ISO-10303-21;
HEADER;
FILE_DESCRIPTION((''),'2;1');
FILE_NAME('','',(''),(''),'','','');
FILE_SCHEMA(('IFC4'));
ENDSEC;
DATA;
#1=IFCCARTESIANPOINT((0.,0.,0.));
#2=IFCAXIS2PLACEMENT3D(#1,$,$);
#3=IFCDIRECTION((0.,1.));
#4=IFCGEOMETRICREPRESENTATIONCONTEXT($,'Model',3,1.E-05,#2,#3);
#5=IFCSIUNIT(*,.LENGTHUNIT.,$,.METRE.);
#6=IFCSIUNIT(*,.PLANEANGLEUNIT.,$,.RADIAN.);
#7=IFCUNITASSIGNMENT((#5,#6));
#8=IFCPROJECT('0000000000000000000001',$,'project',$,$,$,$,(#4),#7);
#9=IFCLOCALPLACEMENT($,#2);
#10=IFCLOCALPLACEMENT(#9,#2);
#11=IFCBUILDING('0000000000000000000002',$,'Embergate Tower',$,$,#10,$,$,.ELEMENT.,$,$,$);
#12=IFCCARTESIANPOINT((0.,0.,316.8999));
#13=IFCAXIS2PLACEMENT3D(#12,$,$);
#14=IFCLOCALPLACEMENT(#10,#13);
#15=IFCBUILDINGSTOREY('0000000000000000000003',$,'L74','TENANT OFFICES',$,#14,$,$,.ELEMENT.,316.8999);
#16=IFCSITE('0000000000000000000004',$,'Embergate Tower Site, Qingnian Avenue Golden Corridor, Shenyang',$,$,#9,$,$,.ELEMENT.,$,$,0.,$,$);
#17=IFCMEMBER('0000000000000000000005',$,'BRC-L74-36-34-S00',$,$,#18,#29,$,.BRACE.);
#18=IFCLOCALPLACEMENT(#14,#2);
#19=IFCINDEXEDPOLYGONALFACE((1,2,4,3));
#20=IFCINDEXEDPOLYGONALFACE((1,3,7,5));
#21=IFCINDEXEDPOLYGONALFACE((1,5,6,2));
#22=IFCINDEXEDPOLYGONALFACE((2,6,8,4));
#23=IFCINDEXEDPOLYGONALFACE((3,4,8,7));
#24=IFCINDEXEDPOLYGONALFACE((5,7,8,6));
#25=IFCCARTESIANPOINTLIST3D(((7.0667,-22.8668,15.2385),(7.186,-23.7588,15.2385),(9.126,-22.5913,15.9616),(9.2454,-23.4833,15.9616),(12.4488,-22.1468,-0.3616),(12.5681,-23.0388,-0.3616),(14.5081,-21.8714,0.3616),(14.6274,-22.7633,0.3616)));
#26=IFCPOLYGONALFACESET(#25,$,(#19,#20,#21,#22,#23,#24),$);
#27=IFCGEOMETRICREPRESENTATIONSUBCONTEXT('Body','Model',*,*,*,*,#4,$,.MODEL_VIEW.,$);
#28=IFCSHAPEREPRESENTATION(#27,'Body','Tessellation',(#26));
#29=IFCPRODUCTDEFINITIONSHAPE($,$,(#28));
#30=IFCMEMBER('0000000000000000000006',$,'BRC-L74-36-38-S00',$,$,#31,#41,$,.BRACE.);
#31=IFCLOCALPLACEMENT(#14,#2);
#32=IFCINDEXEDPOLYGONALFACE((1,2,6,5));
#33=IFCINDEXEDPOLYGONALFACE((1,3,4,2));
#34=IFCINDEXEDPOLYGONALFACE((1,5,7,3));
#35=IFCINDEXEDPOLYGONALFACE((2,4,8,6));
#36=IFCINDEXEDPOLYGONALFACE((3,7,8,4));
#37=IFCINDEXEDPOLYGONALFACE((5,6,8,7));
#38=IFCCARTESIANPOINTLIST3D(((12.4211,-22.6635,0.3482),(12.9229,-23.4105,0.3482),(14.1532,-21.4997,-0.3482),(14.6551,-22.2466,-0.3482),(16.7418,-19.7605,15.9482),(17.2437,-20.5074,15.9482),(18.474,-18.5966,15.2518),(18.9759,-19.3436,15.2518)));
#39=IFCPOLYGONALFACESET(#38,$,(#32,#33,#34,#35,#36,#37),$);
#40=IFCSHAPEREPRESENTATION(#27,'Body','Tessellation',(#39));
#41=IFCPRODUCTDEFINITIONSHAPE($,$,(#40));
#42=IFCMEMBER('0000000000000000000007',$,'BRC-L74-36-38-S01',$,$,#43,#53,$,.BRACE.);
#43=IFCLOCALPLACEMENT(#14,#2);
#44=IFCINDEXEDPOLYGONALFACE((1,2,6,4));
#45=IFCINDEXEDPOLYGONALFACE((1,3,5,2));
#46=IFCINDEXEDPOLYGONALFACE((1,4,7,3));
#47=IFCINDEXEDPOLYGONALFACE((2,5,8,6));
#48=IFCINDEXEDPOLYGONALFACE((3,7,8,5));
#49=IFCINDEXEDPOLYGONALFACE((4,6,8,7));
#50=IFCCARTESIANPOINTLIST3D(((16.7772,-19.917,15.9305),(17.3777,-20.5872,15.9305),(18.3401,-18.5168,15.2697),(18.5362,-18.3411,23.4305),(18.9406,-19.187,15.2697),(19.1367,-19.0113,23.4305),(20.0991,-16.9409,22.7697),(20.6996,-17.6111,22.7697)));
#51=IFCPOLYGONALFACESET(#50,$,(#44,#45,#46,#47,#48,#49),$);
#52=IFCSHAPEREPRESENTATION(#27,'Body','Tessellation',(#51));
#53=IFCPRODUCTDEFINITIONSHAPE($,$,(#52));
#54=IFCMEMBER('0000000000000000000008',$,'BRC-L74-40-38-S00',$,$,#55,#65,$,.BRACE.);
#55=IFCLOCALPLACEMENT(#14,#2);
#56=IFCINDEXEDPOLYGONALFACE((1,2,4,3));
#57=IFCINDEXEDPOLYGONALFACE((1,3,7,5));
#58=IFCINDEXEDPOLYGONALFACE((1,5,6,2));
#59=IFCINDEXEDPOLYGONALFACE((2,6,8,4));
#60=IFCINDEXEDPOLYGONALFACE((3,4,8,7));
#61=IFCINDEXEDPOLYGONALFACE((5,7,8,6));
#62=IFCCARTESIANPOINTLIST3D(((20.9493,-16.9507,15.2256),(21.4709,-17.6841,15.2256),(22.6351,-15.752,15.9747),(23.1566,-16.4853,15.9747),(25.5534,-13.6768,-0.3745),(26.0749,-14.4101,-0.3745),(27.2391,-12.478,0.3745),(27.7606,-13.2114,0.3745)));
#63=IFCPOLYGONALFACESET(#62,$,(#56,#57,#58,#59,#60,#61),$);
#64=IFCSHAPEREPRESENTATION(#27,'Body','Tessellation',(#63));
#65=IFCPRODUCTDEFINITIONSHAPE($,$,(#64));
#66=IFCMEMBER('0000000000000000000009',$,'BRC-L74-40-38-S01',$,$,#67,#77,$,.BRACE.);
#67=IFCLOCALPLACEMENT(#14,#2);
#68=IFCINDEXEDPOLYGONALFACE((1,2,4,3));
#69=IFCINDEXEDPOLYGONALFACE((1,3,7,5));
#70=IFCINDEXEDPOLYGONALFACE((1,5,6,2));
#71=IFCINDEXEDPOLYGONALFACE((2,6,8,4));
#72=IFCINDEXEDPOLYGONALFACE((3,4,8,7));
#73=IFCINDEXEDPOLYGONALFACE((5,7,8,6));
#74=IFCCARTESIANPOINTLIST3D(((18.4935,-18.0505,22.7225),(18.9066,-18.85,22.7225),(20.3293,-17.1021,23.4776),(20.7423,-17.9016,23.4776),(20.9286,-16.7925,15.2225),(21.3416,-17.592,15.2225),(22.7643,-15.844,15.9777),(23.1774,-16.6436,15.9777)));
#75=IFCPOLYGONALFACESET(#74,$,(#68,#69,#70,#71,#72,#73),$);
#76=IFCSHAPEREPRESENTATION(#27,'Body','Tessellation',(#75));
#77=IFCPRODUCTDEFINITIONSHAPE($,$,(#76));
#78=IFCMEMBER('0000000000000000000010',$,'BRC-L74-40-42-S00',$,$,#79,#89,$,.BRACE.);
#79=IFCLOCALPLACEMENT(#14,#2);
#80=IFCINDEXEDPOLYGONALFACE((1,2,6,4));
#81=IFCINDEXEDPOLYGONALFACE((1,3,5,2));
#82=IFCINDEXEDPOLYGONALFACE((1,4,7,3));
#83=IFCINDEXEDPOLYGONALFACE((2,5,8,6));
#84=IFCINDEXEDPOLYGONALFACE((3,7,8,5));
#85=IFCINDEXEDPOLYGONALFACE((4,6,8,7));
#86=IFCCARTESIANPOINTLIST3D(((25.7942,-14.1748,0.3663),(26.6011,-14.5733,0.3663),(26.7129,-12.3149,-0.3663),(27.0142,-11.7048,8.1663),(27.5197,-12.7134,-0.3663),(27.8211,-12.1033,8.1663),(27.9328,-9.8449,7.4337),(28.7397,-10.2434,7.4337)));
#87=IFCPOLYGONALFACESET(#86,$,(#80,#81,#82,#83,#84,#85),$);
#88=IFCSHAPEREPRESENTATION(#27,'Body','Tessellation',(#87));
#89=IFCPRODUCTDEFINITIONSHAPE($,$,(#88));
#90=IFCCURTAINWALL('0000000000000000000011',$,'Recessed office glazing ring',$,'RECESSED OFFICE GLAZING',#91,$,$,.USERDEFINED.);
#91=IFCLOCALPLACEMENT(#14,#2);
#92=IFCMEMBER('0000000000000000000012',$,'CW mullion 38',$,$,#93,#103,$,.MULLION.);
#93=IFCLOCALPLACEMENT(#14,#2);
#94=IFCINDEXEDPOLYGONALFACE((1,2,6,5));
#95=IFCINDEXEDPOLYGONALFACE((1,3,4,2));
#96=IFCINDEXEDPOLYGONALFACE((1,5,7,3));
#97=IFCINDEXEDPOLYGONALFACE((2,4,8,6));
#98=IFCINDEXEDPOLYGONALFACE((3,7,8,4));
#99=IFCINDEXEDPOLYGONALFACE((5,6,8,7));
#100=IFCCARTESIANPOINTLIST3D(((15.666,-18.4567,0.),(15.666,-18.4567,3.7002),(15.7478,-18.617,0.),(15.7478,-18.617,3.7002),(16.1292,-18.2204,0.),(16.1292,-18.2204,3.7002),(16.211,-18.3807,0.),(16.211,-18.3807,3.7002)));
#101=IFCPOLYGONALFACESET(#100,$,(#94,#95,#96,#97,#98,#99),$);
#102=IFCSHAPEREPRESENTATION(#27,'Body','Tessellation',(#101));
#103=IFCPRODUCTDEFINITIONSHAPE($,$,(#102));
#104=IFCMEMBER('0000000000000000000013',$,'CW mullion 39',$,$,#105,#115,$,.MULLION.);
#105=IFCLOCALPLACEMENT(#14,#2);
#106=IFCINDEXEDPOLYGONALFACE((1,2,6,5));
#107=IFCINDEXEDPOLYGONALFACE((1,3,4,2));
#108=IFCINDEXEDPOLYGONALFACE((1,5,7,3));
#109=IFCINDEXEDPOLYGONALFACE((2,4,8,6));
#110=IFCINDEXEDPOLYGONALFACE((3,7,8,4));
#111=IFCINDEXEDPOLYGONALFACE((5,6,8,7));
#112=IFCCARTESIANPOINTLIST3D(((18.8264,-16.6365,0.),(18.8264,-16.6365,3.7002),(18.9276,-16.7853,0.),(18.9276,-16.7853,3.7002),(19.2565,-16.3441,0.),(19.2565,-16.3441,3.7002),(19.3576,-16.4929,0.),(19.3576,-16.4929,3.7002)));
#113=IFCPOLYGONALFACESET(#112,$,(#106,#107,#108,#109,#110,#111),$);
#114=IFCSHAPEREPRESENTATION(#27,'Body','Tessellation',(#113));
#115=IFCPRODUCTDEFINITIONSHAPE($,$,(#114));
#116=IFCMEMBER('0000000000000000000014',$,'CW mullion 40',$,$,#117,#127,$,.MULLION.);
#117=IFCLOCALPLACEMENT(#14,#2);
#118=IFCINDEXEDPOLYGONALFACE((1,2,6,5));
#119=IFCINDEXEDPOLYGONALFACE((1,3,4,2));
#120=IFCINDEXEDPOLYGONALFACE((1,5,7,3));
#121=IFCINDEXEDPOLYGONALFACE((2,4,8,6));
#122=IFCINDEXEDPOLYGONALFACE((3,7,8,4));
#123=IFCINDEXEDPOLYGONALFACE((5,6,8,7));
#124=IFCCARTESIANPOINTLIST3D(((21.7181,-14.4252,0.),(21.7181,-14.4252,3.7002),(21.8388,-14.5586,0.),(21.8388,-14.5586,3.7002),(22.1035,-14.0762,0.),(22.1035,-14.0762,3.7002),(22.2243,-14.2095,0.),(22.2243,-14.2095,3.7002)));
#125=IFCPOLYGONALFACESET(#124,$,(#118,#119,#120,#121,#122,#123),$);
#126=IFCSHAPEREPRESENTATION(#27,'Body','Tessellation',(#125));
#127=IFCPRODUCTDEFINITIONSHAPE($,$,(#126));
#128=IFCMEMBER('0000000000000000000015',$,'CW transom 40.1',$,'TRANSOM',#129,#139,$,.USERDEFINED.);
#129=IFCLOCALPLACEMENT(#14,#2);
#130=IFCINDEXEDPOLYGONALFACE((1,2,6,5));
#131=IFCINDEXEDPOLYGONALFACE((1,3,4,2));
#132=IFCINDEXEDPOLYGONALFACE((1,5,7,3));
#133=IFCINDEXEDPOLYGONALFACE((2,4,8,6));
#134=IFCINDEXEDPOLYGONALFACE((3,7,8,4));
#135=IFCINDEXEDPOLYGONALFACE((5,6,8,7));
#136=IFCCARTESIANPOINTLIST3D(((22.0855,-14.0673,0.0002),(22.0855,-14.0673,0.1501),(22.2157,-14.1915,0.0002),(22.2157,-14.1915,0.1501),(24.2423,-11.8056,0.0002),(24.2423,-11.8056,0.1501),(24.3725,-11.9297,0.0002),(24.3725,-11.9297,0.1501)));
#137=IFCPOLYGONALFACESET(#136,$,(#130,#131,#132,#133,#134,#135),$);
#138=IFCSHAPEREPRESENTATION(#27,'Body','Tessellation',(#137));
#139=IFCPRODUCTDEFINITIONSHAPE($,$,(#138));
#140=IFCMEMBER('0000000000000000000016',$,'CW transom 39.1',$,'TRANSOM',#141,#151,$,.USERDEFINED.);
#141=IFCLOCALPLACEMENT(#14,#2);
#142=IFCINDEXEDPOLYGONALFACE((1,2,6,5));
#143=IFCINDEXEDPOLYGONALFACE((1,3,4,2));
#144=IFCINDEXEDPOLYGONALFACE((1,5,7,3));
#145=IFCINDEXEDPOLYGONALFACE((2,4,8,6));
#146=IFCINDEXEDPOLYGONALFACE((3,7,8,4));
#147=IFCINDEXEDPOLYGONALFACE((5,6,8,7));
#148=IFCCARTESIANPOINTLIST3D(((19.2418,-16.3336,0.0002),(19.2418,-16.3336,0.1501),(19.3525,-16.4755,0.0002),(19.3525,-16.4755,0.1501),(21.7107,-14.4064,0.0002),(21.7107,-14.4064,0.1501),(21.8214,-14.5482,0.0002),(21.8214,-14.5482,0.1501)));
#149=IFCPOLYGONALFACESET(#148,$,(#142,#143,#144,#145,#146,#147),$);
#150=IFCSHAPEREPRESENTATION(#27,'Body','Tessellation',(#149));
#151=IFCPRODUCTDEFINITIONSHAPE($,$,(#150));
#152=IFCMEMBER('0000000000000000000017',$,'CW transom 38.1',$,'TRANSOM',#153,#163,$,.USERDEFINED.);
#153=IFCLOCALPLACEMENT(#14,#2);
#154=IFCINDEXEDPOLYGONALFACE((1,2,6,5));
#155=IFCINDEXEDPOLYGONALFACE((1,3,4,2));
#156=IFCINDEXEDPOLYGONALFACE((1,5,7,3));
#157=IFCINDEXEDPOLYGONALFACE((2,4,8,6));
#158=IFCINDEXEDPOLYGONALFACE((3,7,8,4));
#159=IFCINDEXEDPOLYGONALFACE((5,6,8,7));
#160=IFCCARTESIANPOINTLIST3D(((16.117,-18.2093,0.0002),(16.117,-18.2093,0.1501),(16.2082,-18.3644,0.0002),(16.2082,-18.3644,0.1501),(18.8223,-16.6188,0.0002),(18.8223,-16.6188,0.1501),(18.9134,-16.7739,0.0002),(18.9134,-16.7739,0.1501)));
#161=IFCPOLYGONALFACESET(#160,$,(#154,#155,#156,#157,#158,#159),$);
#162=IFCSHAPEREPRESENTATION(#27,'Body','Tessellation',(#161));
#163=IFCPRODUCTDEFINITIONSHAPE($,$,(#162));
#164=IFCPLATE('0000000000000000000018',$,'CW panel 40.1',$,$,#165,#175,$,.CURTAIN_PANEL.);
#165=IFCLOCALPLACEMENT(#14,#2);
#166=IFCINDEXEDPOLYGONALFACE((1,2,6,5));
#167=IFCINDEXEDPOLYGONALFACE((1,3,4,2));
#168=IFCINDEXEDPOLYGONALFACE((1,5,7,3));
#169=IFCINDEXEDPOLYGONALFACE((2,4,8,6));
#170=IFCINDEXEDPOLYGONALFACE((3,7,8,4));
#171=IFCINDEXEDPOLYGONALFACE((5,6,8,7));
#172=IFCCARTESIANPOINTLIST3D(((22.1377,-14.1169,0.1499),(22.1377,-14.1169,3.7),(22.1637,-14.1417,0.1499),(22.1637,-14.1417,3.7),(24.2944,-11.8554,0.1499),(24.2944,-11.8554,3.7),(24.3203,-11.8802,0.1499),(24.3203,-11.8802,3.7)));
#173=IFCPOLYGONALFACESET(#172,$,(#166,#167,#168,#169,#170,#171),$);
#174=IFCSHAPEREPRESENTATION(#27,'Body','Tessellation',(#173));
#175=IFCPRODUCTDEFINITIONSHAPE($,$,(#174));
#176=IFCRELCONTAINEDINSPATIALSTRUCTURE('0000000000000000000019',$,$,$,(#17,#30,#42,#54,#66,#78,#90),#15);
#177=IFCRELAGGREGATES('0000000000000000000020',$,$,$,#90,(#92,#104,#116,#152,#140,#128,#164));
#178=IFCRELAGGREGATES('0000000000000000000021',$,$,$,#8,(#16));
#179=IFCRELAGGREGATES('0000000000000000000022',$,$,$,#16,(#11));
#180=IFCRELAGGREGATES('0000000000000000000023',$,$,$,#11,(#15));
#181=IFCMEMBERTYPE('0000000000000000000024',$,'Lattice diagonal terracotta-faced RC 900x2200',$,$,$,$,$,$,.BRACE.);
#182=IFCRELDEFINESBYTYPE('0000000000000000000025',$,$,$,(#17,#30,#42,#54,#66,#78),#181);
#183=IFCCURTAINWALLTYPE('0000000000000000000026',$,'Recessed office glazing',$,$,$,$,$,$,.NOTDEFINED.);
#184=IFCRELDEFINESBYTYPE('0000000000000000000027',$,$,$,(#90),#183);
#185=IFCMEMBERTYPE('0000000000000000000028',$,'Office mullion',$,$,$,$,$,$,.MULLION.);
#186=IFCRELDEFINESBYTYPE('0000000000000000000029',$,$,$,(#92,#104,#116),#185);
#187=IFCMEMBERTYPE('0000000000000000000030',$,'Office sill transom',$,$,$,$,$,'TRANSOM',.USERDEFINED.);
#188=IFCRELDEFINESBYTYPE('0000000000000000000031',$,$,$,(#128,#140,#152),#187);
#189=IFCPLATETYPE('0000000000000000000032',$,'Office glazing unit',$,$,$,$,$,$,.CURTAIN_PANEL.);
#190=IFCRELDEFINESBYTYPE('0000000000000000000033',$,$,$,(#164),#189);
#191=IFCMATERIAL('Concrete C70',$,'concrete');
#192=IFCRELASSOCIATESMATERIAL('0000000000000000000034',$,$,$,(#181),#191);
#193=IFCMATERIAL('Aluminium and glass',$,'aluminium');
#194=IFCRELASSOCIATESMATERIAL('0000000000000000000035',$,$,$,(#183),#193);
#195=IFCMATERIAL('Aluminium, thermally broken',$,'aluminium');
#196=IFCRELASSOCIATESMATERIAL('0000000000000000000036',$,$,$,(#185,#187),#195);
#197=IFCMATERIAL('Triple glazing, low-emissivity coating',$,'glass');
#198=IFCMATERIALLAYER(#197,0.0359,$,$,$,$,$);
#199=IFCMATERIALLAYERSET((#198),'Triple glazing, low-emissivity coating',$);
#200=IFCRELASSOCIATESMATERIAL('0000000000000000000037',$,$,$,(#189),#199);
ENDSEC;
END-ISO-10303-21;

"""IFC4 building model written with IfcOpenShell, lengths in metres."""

from ifc_helpers import new_model, si_unit, direction, frame, origin, origin_2d, place, context, subcontext, project, spatial, rectangle, extrude, source, transform, mapped, material, layer, layer_set, material_profile, profile_set, type_object, element, aggregate, save


model = new_model("IFC4")

# Units and contexts
model_context = context("Model", 3, precision=1e-05, world=origin(), true_north=direction((0.0, 1.0)))
body_context = subcontext(model_context, "Body", "Model", "MODEL_VIEW")
ifc_project = project(units=[si_unit("LENGTHUNIT", "METRE"), si_unit("PLANEANGLEUNIT", "RADIAN")], contexts=[model_context])

# Site, building, storey
site_placement = place(None, origin())
site = spatial("IfcSite", under=ifc_project, at=site_placement, Name="Embergate Tower Site, Qingnian Avenue Golden Corridor, Shenyang", CompositionType="ELEMENT", RefElevation=0.0)
building_placement = place(site_placement, origin())
building = spatial("IfcBuilding", under=site, at=building_placement, Name="Embergate Tower", CompositionType="ELEMENT")
storey_placement = place(building_placement, frame((0.0, 0.0, 316.8999)))
storey = spatial("IfcBuildingStorey", under=building, at=storey_placement, Name="L74", Description="TENANT OFFICES", CompositionType="ELEMENT", Elevation=316.8999)

# Members
ifc_material_1 = material(Name="Concrete C70", Category="concrete")
ifc_material_profile_1 = material_profile(ifc_material_1, rectangle(XDim=0.8999, YDim=2.2, at=origin_2d()), Name="RC 900x2200")
ifc_profile_set_1 = profile_set([ifc_material_profile_1], Name="Concrete C70")
member_type_1 = type_object("IfcMemberType", Name="Lattice diagonal terracotta-faced RC 900x2200", PredefinedType="BRACE", material=ifc_profile_set_1)
shared_shape_1 = source(origin(), body_context, "Body", "SweptSolid", [
    extrude(rectangle(XDim=0.8999, YDim=2.2, at=origin_2d()), origin(), (0.0, 0.0, 1.0), 16.5181),
])
member_1_placement = place(storey_placement, frame((13.5381, -22.4551, 0.0), z_axis=(-0.325829, -0.043587, 0.944423), x_axis=(0.132591, -0.991171, 0.0)))
element("IfcMember", 1, at=member_1_placement, inside=storey, type_object=member_type_1, Name="BRC-L74-36-34-S00", PredefinedType="BRACE", context=body_context, shape_type="MappedRepresentation", body=[
    mapped(shared_shape_1, transform((0.0, 0.0, 0.0))),
])
shared_shape_2 = source(origin(), body_context, "Body", "SweptSolid", [
    extrude(rectangle(XDim=0.8999, YDim=2.2, at=origin_2d()), origin(), (0.0, 0.0, 1.0), 16.4456),
])
member_2_placement = place(storey_placement, frame((13.5381, -22.4551, 0.0), z_axis=(0.262732, 0.176525, 0.948584), x_axis=(-0.557695, 0.830046, 0.0)))
element("IfcMember", 2, at=member_2_placement, inside=storey, type_object=member_type_1, Name="BRC-L74-36-38-S00", PredefinedType="BRACE", context=body_context, shape_type="MappedRepresentation", body=[
    mapped(shared_shape_2, transform((0.0, 0.0, 0.0))),
])
shared_shape_3 = source(origin(), body_context, "Body", "SweptSolid", [
    extrude(rectangle(XDim=0.8999, YDim=2.2, at=origin_2d()), origin(), (0.0, 0.0, 1.0), 7.863),
])
member_3_placement = place(storey_placement, frame((17.8589, -19.552, 15.6001), z_axis=(0.223708, 0.200422, 0.953827), x_axis=(-0.667278, 0.744809, 0.0)))
element("IfcMember", 3, at=member_3_placement, inside=storey, type_object=member_type_1, Name="BRC-L74-36-38-S01", PredefinedType="BRACE", context=body_context, shape_type="MappedRepresentation", body=[
    mapped(shared_shape_3, transform((0.0, 0.0, 0.0))),
])
shared_shape_4 = source(origin(), body_context, "Body", "SweptSolid", [
    extrude(rectangle(XDim=0.8999, YDim=2.2, at=origin_2d()), origin(), (0.0, 0.0, 1.0), 16.5916),
])
member_4_placement = place(storey_placement, frame((26.657, -13.4441, 0.0), z_axis=(-0.277491, -0.197325, 0.940245), x_axis=(0.57952, -0.814958, 0.0)))
element("IfcMember", 4, at=member_4_placement, inside=storey, type_object=member_type_1, Name="BRC-L74-40-38-S00", PredefinedType="BRACE", context=body_context, shape_type="MappedRepresentation", body=[
    mapped(shared_shape_4, transform((0.0, 0.0, 0.0))),
])
shared_shape_5 = source(origin(), body_context, "Body", "SweptSolid", [
    extrude(rectangle(XDim=0.8999, YDim=2.2, at=origin_2d()), origin(), (0.0, 0.0, 1.0), 7.9851),
])
member_5_placement = place(storey_placement, frame((22.053, -16.718, 15.6001), z_axis=(-0.304949, -0.15755, 0.939246), x_axis=(0.459004, -0.888434, 0.0)))
element("IfcMember", 5, at=member_5_placement, inside=storey, type_object=member_type_1, Name="BRC-L74-40-38-S01", PredefinedType="BRACE", context=body_context, shape_type="MappedRepresentation", body=[
    mapped(shared_shape_5, transform((0.0, 0.0, 0.0))),
])
shared_shape_6 = source(origin(), body_context, "Body", "SweptSolid", [
    extrude(rectangle(XDim=0.8999, YDim=2.2, at=origin_2d()), origin(), (0.0, 0.0, 1.0), 8.2722),
])
member_6_placement = place(storey_placement, frame((26.657, -13.4441, 0.0), z_axis=(0.147478, 0.298586, 0.942919), x_axis=(-0.896597, 0.442848, 0.0)))
element("IfcMember", 6, at=member_6_placement, inside=storey, type_object=member_type_1, Name="BRC-L74-40-42-S00", PredefinedType="BRACE", context=body_context, shape_type="MappedRepresentation", body=[
    mapped(shared_shape_6, transform((0.0, 0.0, 0.0))),
])

# Curtain wall, members, plate
ifc_material_2 = material(Name="Aluminium and glass", Category="aluminium")
curtain_wall_type = type_object("IfcCurtainWallType", Name="Recessed office glazing", PredefinedType="NOTDEFINED", material=ifc_material_2)
curtain_wall_placement = place(storey_placement, origin())
curtain_wall = element("IfcCurtainWall", 7, at=curtain_wall_placement, inside=storey, type_object=curtain_wall_type, Name="Recessed office glazing ring", ObjectType="RECESSED OFFICE GLAZING", PredefinedType="USERDEFINED")
ifc_material_3 = material(Name="Aluminium, thermally broken", Category="aluminium")
ifc_material_profile_2 = material_profile(ifc_material_3, rectangle(XDim=0.1799, YDim=0.52, at=origin_2d()), Name="AL 520x180")
ifc_profile_set_2 = profile_set([ifc_material_profile_2], Name="Aluminium, thermally broken")
member_type_2 = type_object("IfcMemberType", Name="Office mullion", PredefinedType="MULLION", material=ifc_profile_set_2)
shared_shape_7 = source(origin(), body_context, "Body", "SweptSolid", [
    extrude(rectangle(XDim=0.1799, YDim=0.52, at=origin_2d()), origin(), (0.0, 0.0, 1.0), 3.7002),
])
member_7_placement = place(storey_placement, frame((15.9385, -18.4187, 0.0), z_axis=(0.0, 0.0, 1.0), x_axis=(-0.454507, 0.890743, 0.0)))
member_7 = element("IfcMember", 8, at=member_7_placement, type_object=member_type_2, Name="CW mullion 38", PredefinedType="MULLION", context=body_context, shape_type="MappedRepresentation", body=[
    mapped(shared_shape_7, transform((0.0, 0.0, 0.0))),
])
member_8_placement = place(storey_placement, frame((19.092, -16.5647, 0.0), z_axis=(0.0, 0.0, 1.0), x_axis=(-0.56221, 0.826994, 0.0)))
member_8 = element("IfcMember", 9, at=member_8_placement, type_object=member_type_2, Name="CW mullion 39", PredefinedType="MULLION", context=body_context, shape_type="MappedRepresentation", body=[
    mapped(shared_shape_7, transform((0.0, 0.0, 0.0))),
])
member_9_placement = place(storey_placement, frame((21.9712, -14.3174, 0.0), z_axis=(0.0, 0.0, 1.0), x_axis=(-0.671217, 0.74126, 0.0)))
member_9 = element("IfcMember", 10, at=member_9_placement, type_object=member_type_2, Name="CW mullion 40", PredefinedType="MULLION", context=body_context, shape_type="MappedRepresentation", body=[
    mapped(shared_shape_7, transform((0.0, 0.0, 0.0))),
])
ifc_material_profile_3 = material_profile(ifc_material_3, rectangle(XDim=0.1799, YDim=0.1499, at=origin_2d()), Name="AL 150x180")
ifc_profile_set_3 = profile_set([ifc_material_profile_3], Name="Aluminium, thermally broken")
member_type_3 = type_object("IfcMemberType", Name="Office sill transom", ElementType="TRANSOM", PredefinedType="USERDEFINED", material=ifc_profile_set_3)
shared_shape_8 = source(origin(), body_context, "Body", "SweptSolid", [
    extrude(rectangle(XDim=0.1799, YDim=0.1499, at=origin_2d()), origin(), (0.0, 0.0, 1.0), 3.1252),
])
member_10_placement = place(storey_placement, frame((22.1506, -14.1294, 0.0752), z_axis=(0.690111, 0.723703, 0.0), x_axis=(-0.723703, 0.690111, 0.0)))
member_10 = element("IfcMember", 11, at=member_10_placement, type_object=member_type_3, Name="CW transom 40.1", ObjectType="TRANSOM", PredefinedType="USERDEFINED", context=body_context, shape_type="MappedRepresentation", body=[
    mapped(shared_shape_8, transform((0.0, 0.0, 0.0))),
])
shared_shape_9 = source(origin(), body_context, "Body", "SweptSolid", [
    extrude(rectangle(XDim=0.1799, YDim=0.1499, at=origin_2d()), origin(), (0.0, 0.0, 1.0), 3.1321),
])
member_11_placement = place(storey_placement, frame((19.2971, -16.4045, 0.0752), z_axis=(0.788281, 0.615316, 0.0), x_axis=(-0.615316, 0.788281, 0.0)))
member_11 = element("IfcMember", 12, at=member_11_placement, type_object=member_type_3, Name="CW transom 39.1", ObjectType="TRANSOM", PredefinedType="USERDEFINED", context=body_context, shape_type="MappedRepresentation", body=[
    mapped(shared_shape_9, transform((0.0, 0.0, 0.0))),
])
shared_shape_10 = source(origin(), body_context, "Body", "SweptSolid", [
    extrude(rectangle(XDim=0.1799, YDim=0.1499, at=origin_2d()), origin(), (0.0, 0.0, 1.0), 3.1382),
])
member_12_placement = place(storey_placement, frame((16.1626, -18.2869, 0.0752), z_axis=(0.862044, 0.506833, 0.0), x_axis=(-0.506833, 0.862044, 0.0)))
member_12 = element("IfcMember", 13, at=member_12_placement, type_object=member_type_3, Name="CW transom 38.1", ObjectType="TRANSOM", PredefinedType="USERDEFINED", context=body_context, shape_type="MappedRepresentation", body=[
    mapped(shared_shape_10, transform((0.0, 0.0, 0.0))),
])
ifc_material_4 = material(Name="Triple glazing, low-emissivity coating", Category="glass")
ifc_layer = layer(ifc_material_4, 0.0359)
ifc_layer_set = layer_set([ifc_layer], Name="Triple glazing, low-emissivity coating")
plate_type = type_object("IfcPlateType", Name="Office glazing unit", PredefinedType="CURTAIN_PANEL", material=ifc_layer_set)
shared_shape_11 = source(origin(), body_context, "Body", "SweptSolid", [
    extrude(rectangle(XDim=3.125, YDim=0.0359, at=origin_2d()), origin(), (0.0, 0.0, 1.0), 3.55),
])
plate_1_placement = place(storey_placement, frame((23.229, -12.9985, 0.1499), z_axis=(0.0, 0.0, 1.0), x_axis=(0.690134, 0.723682, 0.0)))
plate_1 = element("IfcPlate", 14, at=plate_1_placement, type_object=plate_type, Name="CW panel 40.1", PredefinedType="CURTAIN_PANEL", context=body_context, shape_type="MappedRepresentation", body=[
    mapped(shared_shape_11, transform((0.0, 0.0, 0.0))),
])
aggregate(curtain_wall, [member_7, member_8, member_9, member_12, member_11, member_10, plate_1])

save(model, "model.ifc")
